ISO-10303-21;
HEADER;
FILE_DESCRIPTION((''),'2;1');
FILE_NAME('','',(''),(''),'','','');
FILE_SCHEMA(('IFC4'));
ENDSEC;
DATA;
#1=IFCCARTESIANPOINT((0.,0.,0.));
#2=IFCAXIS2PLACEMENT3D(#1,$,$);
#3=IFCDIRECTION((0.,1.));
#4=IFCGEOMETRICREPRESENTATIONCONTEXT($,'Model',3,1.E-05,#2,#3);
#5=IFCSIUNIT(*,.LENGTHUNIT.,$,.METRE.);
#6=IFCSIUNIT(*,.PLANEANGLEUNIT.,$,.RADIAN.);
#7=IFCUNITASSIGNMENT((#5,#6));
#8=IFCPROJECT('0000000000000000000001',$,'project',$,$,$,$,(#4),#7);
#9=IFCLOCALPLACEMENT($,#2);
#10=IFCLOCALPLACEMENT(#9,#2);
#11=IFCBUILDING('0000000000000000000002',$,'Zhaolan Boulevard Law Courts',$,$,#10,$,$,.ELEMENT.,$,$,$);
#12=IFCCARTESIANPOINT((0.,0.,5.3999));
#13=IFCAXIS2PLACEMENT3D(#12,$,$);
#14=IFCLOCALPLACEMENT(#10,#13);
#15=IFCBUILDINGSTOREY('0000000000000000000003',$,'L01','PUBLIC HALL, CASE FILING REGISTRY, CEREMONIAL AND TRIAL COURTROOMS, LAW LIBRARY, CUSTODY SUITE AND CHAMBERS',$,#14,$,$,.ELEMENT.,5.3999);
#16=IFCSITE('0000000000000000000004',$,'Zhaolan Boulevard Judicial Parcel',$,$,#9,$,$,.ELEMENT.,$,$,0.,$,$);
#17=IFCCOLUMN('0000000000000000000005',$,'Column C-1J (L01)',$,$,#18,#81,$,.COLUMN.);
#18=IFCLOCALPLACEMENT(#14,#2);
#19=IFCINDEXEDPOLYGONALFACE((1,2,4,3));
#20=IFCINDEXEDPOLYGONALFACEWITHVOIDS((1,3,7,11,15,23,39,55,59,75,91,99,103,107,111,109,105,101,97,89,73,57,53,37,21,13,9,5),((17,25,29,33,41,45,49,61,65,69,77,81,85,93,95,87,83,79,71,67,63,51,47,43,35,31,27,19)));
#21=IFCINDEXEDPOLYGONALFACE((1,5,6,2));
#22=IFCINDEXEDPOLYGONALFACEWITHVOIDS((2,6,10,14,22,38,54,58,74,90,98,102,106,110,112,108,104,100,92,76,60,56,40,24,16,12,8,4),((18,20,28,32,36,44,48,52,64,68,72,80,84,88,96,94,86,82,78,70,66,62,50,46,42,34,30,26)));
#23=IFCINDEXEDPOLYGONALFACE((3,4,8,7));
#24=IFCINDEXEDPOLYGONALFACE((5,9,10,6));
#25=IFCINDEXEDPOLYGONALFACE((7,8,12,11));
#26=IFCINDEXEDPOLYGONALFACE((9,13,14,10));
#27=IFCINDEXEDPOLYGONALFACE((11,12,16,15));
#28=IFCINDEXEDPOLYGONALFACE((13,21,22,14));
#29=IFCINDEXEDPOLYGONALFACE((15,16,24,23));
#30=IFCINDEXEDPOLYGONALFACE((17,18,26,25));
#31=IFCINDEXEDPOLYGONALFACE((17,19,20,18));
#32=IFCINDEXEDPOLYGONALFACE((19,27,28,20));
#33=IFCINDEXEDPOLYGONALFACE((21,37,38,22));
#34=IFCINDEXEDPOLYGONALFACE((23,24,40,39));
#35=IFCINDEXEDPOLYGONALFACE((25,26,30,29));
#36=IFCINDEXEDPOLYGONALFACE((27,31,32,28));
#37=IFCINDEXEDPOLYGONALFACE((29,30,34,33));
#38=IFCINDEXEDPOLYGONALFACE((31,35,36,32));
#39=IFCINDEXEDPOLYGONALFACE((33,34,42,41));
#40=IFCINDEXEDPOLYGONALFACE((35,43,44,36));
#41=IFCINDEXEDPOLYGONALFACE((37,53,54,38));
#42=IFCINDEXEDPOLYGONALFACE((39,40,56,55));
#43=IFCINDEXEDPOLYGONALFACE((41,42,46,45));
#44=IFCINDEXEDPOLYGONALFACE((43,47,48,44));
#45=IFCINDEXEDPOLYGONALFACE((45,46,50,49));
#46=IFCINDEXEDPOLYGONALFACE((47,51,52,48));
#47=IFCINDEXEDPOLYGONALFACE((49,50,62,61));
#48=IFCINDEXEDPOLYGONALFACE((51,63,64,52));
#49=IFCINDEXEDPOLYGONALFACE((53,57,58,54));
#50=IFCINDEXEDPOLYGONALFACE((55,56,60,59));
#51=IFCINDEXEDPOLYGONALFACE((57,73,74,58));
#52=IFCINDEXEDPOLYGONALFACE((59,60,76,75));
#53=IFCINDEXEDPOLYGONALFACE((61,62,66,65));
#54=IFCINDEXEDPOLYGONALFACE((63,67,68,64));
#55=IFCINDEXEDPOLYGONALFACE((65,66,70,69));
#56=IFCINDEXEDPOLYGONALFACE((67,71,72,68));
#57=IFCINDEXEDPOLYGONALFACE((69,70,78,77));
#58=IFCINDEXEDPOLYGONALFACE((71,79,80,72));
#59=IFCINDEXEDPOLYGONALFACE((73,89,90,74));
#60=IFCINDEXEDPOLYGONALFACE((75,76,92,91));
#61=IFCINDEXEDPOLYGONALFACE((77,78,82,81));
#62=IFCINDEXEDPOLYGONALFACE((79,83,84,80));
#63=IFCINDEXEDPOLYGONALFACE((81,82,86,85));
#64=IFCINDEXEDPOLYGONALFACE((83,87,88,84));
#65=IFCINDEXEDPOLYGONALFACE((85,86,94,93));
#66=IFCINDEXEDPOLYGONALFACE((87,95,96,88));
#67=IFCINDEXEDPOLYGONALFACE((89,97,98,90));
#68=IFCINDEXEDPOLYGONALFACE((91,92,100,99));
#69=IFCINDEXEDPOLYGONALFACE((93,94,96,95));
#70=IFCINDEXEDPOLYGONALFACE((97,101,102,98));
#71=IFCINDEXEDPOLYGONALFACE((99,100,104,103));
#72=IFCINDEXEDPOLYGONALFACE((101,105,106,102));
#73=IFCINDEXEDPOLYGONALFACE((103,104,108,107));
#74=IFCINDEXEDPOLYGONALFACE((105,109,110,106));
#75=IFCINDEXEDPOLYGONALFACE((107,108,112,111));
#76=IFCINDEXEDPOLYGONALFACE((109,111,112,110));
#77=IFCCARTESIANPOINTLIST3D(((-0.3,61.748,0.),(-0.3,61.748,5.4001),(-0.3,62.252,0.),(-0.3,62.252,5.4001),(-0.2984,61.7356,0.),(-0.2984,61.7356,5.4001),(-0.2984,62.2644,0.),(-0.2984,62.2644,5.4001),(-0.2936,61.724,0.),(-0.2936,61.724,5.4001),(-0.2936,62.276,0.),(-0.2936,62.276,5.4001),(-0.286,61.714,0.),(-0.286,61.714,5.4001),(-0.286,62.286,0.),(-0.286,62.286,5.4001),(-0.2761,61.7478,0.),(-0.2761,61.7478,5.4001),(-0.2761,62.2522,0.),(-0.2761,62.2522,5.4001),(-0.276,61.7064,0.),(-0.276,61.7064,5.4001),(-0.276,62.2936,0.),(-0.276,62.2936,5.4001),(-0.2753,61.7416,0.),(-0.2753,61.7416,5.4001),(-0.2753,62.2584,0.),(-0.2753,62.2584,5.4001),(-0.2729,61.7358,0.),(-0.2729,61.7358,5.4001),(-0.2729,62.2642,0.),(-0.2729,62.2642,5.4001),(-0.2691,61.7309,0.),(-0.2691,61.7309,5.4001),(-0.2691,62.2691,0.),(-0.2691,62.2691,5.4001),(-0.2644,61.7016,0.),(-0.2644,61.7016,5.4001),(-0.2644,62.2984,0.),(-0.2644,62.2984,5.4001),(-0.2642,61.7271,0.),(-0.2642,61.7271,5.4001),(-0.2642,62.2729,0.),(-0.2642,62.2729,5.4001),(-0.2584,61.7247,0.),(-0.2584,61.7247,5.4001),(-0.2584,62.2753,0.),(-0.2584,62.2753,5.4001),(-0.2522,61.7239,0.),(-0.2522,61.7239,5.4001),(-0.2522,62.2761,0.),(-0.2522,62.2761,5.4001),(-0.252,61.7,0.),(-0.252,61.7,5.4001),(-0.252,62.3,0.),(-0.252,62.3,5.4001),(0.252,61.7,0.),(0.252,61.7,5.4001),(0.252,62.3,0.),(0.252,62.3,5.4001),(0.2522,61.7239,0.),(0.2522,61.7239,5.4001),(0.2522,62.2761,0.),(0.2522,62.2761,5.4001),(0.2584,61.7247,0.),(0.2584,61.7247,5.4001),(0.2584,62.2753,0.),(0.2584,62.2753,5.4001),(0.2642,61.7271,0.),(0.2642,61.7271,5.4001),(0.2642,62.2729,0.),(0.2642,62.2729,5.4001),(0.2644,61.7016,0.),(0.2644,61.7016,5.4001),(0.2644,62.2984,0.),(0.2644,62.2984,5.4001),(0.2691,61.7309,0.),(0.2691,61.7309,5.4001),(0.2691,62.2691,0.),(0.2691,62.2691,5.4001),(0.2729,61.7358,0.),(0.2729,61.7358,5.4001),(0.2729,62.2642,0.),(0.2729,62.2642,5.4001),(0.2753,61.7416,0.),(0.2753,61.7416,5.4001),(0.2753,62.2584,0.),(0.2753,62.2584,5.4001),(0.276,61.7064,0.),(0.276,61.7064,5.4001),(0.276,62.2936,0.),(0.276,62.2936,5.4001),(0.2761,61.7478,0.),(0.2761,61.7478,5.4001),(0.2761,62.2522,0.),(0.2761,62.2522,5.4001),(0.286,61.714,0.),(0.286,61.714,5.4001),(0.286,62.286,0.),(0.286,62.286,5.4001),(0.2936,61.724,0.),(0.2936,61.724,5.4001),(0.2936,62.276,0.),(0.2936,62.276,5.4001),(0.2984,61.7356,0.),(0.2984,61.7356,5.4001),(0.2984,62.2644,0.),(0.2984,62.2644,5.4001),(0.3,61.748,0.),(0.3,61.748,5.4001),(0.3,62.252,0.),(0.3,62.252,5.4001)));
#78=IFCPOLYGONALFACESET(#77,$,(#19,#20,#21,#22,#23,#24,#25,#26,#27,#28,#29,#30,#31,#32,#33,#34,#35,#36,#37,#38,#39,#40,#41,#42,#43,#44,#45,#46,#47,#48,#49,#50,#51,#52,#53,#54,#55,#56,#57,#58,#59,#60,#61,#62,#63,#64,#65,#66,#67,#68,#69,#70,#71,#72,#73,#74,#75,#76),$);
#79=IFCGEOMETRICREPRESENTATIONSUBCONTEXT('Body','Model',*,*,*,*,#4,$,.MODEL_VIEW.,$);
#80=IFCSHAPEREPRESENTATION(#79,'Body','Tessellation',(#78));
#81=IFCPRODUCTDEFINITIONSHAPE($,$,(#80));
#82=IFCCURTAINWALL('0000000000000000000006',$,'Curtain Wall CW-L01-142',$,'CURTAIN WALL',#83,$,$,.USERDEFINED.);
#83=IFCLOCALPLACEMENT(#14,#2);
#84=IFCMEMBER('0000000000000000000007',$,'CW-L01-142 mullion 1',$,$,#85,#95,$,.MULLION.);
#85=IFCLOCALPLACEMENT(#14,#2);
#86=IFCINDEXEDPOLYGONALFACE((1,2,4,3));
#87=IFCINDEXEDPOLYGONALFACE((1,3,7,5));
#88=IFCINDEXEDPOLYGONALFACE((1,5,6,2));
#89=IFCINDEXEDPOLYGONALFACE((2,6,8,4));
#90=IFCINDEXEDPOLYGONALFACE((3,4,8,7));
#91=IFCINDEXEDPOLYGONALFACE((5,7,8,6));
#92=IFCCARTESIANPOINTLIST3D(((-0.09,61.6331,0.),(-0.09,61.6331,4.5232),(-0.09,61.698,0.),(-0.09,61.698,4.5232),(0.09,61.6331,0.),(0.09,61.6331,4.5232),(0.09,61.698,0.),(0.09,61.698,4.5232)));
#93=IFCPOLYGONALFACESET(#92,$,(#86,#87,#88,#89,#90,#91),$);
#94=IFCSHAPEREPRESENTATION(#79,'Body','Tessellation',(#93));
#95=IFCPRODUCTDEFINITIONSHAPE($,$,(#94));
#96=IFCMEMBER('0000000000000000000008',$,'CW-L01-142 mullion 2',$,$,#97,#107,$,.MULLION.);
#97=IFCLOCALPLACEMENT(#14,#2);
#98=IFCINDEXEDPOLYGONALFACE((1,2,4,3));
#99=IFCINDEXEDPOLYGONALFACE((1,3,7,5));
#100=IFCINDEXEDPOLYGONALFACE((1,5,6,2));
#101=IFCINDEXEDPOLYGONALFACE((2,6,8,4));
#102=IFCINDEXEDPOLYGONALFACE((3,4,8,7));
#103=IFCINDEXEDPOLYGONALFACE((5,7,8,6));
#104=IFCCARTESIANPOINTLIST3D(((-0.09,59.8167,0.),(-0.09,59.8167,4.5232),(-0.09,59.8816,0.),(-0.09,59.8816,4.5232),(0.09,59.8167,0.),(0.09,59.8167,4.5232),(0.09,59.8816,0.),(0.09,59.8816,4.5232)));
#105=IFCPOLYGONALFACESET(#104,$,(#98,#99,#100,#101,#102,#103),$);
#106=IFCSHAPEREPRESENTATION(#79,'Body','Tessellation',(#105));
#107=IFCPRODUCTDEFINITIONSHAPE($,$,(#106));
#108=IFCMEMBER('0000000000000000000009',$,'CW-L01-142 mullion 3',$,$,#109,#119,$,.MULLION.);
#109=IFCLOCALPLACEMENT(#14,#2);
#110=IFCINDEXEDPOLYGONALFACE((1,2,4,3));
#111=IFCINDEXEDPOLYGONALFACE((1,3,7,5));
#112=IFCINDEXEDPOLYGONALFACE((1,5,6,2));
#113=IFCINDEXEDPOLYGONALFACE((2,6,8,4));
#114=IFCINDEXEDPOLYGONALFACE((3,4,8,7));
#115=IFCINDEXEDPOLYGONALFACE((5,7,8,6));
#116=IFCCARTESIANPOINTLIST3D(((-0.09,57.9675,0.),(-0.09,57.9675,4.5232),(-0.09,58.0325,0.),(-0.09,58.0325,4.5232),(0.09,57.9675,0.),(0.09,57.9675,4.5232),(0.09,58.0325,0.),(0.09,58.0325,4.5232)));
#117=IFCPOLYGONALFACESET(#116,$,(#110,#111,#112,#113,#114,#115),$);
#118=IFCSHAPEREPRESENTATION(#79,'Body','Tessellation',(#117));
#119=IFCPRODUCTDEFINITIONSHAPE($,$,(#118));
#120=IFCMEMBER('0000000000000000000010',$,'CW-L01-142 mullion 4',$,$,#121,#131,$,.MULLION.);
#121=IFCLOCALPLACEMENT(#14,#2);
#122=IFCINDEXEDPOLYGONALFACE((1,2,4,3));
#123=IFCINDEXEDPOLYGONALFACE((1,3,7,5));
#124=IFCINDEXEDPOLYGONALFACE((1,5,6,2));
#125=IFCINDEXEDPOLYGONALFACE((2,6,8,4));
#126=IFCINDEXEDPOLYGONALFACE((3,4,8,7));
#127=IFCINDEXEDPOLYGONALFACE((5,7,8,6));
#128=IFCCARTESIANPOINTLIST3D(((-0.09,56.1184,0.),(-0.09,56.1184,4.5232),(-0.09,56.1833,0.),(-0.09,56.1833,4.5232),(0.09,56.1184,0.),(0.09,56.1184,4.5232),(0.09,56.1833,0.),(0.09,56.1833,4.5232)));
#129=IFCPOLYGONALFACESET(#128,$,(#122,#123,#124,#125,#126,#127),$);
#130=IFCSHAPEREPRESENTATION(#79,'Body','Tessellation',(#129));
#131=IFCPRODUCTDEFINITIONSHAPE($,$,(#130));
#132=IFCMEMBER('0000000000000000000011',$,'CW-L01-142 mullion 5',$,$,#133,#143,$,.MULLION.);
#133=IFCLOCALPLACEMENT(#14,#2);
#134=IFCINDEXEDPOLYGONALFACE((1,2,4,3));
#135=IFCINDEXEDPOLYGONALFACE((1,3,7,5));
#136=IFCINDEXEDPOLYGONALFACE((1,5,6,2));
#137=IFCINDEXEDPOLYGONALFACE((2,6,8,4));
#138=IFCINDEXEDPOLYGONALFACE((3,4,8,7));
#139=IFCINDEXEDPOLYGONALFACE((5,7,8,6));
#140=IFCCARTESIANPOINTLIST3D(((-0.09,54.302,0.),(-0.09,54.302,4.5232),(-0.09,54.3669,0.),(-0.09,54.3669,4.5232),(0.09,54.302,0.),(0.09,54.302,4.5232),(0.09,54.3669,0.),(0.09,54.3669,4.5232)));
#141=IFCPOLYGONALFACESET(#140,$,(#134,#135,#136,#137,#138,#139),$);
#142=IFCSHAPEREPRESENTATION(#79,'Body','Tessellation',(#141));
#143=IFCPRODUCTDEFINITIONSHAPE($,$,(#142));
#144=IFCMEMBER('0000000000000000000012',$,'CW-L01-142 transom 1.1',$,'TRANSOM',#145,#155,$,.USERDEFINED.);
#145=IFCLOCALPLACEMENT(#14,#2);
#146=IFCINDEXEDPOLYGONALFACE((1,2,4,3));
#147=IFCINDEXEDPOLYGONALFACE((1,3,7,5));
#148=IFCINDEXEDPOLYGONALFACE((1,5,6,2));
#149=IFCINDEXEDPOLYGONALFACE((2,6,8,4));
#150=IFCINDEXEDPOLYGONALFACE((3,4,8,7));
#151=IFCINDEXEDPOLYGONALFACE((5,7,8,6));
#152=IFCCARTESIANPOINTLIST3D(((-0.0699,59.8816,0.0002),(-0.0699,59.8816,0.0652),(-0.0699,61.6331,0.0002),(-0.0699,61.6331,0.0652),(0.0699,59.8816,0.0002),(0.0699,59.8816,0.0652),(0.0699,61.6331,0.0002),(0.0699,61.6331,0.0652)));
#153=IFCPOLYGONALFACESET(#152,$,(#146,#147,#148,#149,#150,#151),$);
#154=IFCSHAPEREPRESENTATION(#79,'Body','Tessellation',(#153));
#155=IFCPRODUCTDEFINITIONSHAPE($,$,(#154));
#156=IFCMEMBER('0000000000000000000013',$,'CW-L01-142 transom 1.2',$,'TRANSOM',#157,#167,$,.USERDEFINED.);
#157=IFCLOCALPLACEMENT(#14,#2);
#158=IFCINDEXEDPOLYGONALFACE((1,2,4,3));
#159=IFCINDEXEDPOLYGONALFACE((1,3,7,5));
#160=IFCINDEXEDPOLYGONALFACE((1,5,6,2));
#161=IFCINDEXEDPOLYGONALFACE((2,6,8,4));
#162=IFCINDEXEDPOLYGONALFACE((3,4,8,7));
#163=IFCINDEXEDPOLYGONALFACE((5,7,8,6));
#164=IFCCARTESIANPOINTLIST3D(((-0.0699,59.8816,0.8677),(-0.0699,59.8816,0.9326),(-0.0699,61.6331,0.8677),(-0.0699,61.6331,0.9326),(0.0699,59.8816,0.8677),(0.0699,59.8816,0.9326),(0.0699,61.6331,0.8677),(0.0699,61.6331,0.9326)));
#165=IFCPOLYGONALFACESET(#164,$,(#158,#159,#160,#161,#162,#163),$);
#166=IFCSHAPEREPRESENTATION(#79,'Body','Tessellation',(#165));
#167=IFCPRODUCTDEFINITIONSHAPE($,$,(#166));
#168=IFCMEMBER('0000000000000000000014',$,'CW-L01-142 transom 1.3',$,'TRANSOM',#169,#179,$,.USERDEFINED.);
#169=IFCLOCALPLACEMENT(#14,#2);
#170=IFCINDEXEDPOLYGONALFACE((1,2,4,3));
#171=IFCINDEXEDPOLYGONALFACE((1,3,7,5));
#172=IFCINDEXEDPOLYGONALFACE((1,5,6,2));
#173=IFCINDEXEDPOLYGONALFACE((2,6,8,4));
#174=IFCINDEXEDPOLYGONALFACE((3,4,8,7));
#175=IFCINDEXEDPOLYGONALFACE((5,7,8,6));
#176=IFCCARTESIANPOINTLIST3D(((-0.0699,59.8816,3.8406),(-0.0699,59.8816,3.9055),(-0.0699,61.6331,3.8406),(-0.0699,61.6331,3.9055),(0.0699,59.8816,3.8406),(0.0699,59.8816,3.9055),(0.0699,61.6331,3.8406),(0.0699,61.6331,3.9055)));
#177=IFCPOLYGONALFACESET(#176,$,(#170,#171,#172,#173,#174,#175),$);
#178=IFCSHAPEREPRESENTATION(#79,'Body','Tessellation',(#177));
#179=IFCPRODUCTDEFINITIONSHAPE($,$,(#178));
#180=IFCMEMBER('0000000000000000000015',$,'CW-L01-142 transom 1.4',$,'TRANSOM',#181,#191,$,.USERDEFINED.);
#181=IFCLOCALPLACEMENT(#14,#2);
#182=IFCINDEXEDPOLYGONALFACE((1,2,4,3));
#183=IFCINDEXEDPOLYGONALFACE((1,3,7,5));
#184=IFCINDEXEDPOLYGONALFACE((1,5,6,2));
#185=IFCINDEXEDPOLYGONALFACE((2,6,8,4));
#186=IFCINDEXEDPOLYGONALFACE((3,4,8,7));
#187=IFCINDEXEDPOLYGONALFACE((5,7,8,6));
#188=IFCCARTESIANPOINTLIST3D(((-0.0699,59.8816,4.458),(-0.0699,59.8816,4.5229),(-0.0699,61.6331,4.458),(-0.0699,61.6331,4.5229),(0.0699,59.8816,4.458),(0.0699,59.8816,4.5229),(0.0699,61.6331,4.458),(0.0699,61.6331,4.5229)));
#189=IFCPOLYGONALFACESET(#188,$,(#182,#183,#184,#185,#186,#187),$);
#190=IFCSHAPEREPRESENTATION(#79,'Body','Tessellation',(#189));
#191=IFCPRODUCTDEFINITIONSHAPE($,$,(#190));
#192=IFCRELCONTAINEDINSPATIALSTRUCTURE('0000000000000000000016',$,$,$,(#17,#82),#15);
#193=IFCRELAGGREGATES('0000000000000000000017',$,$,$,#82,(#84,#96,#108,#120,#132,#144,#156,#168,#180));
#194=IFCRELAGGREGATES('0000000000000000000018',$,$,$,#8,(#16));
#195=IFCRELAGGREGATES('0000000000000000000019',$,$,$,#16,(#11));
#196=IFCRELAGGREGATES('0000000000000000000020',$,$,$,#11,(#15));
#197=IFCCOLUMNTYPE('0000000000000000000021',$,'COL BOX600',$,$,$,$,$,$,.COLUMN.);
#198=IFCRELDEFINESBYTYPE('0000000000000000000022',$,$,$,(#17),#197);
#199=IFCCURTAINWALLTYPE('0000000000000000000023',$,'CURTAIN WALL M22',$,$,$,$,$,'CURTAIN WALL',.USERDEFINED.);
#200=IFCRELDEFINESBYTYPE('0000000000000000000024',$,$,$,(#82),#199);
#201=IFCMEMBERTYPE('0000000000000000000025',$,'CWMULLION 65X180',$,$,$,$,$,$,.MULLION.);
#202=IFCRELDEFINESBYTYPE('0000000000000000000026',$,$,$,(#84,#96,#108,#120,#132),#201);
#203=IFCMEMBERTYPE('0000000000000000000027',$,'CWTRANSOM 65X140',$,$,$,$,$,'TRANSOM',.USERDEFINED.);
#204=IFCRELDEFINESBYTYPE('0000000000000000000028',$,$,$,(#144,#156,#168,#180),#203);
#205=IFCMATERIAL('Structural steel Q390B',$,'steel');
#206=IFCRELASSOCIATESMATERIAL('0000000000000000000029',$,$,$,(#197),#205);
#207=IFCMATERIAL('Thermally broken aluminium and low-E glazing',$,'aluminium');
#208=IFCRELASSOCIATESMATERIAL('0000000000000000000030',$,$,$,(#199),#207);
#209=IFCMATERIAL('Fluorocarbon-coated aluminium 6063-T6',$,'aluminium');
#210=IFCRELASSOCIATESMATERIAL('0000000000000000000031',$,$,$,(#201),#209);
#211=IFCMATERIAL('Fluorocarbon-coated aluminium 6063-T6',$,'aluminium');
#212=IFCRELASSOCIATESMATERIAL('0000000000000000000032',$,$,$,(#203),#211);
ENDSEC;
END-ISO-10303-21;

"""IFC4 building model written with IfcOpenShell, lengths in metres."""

from ifc_helpers import new_model, si_unit, direction, frame, origin, origin_2d, place, context, subcontext, project, spatial, rectangle, hollow_rectangle, extrude, material, material_profile, profile_set, type_object, element, aggregate, save


model = new_model("IFC4")

# Units and contexts
model_context = context("Model", 3, precision=1e-05, world=origin(), true_north=direction((0.0, 1.0)))
body_context = subcontext(model_context, "Body", "Model", "MODEL_VIEW")
ifc_project = project(units=[si_unit("LENGTHUNIT", "METRE"), si_unit("PLANEANGLEUNIT", "RADIAN")], contexts=[model_context])

# Site, building, storey
site_placement = place(None, origin())
site = spatial("IfcSite", under=ifc_project, at=site_placement, Name="Zhaolan Boulevard Judicial Parcel", CompositionType="ELEMENT", RefElevation=0.0)
building_placement = place(site_placement, origin())
building = spatial("IfcBuilding", under=site, at=building_placement, Name="Zhaolan Boulevard Law Courts", CompositionType="ELEMENT")
storey_placement = place(building_placement, frame((0.0, 0.0, 5.3999)))
storey = spatial("IfcBuildingStorey", under=building, at=storey_placement, Name="L01", Description="PUBLIC HALL, CASE FILING REGISTRY, CEREMONIAL AND TRIAL COURTROOMS, LAW LIBRARY, CUSTODY SUITE AND CHAMBERS", CompositionType="ELEMENT", Elevation=5.3999)

# Column
ifc_material_1 = material(Name="Structural steel Q390B", Category="steel")
ifc_material_profile_1 = material_profile(ifc_material_1, hollow_rectangle(XDim=0.6001, YDim=0.6001, WallThickness=0.0239, InnerFilletRadius=0.0239, OuterFilletRadius=0.0481, at=origin_2d()), Name="BOX600x600x24")
ifc_profile_set_1 = profile_set([ifc_material_profile_1], Name="Structural steel Q390B")
column_type = type_object("IfcColumnType", Name="COL BOX600", PredefinedType="COLUMN", material=ifc_profile_set_1)
column_placement = place(storey_placement, frame((0.0, 62.0, 0.0), z_axis=(0.0, 0.0, 1.0), x_axis=(1.0, 0.0, 0.0)))
element("IfcColumn", 1, at=column_placement, inside=storey, type_object=column_type, Name="Column C-1J (L01)", PredefinedType="COLUMN", context=body_context, shape_type="SweptSolid", body=[
    extrude(hollow_rectangle(XDim=0.6001, YDim=0.6001, WallThickness=0.0239, InnerFilletRadius=0.0239, OuterFilletRadius=0.0481, at=origin_2d()), origin(), (0.0, 0.0, 1.0), 5.4001),
])

# Curtain wall, members
ifc_material_2 = material(Name="Thermally broken aluminium and low-E glazing", Category="aluminium")
curtain_wall_type = type_object("IfcCurtainWallType", Name="CURTAIN WALL M22", ElementType="CURTAIN WALL", PredefinedType="USERDEFINED", material=ifc_material_2)
curtain_wall_placement = place(storey_placement, origin())
curtain_wall = element("IfcCurtainWall", 2, at=curtain_wall_placement, inside=storey, type_object=curtain_wall_type, Name="Curtain Wall CW-L01-142", ObjectType="CURTAIN WALL", PredefinedType="USERDEFINED")
ifc_material_3 = material(Name="Fluorocarbon-coated aluminium 6063-T6", Category="aluminium")
ifc_material_profile_2 = material_profile(ifc_material_3, rectangle(XDim=0.1799, YDim=0.0649, at=origin_2d()), Name="AL65x180")
ifc_profile_set_2 = profile_set([ifc_material_profile_2], Name="Fluorocarbon-coated aluminium 6063-T6")
member_type_1 = type_object("IfcMemberType", Name="CWMULLION 65X180", PredefinedType="MULLION", material=ifc_profile_set_2)
member_1_placement = place(storey_placement, frame((0.0, 61.6655, 0.0), z_axis=(0.0, 0.0, 1.0), x_axis=(1.0, 0.0, 0.0)))
member_1 = element("IfcMember", 3, at=member_1_placement, type_object=member_type_1, Name="CW-L01-142 mullion 1", PredefinedType="MULLION", context=body_context, shape_type="SweptSolid", body=[
    extrude(rectangle(XDim=0.1799, YDim=0.0649, at=origin_2d()), origin(), (0.0, 0.0, 1.0), 4.5232),
])
member_2_placement = place(storey_placement, frame((0.0, 59.8491, 0.0), z_axis=(0.0, 0.0, 1.0), x_axis=(1.0, 0.0, 0.0)))
member_2 = element("IfcMember", 4, at=member_2_placement, type_object=member_type_1, Name="CW-L01-142 mullion 2", PredefinedType="MULLION", context=body_context, shape_type="SweptSolid", body=[
    extrude(rectangle(XDim=0.1799, YDim=0.0649, at=origin_2d()), origin(), (0.0, 0.0, 1.0), 4.5232),
])
member_3_placement = place(storey_placement, frame((0.0, 58.0, 0.0), z_axis=(0.0, 0.0, 1.0), x_axis=(1.0, 0.0, 0.0)))
member_3 = element("IfcMember", 5, at=member_3_placement, type_object=member_type_1, Name="CW-L01-142 mullion 3", PredefinedType="MULLION", context=body_context, shape_type="SweptSolid", body=[
    extrude(rectangle(XDim=0.1799, YDim=0.0649, at=origin_2d()), origin(), (0.0, 0.0, 1.0), 4.5232),
])
member_4_placement = place(storey_placement, frame((0.0, 56.1509, 0.0), z_axis=(0.0, 0.0, 1.0), x_axis=(1.0, 0.0, 0.0)))
member_4 = element("IfcMember", 6, at=member_4_placement, type_object=member_type_1, Name="CW-L01-142 mullion 4", PredefinedType="MULLION", context=body_context, shape_type="SweptSolid", body=[
    extrude(rectangle(XDim=0.1799, YDim=0.0649, at=origin_2d()), origin(), (0.0, 0.0, 1.0), 4.5232),
])
member_5_placement = place(storey_placement, frame((0.0, 54.3345, 0.0), z_axis=(0.0, 0.0, 1.0), x_axis=(1.0, 0.0, 0.0)))
member_5 = element("IfcMember", 7, at=member_5_placement, type_object=member_type_1, Name="CW-L01-142 mullion 5", PredefinedType="MULLION", context=body_context, shape_type="SweptSolid", body=[
    extrude(rectangle(XDim=0.1799, YDim=0.0649, at=origin_2d()), origin(), (0.0, 0.0, 1.0), 4.5232),
])
ifc_material_4 = material(Name="Fluorocarbon-coated aluminium 6063-T6", Category="aluminium")
ifc_material_profile_3 = material_profile(ifc_material_4, rectangle(XDim=0.1399, YDim=0.0649, at=origin_2d()), Name="AL65x140")
ifc_profile_set_3 = profile_set([ifc_material_profile_3], Name="Fluorocarbon-coated aluminium 6063-T6")
member_type_2 = type_object("IfcMemberType", Name="CWTRANSOM 65X140", ElementType="TRANSOM", PredefinedType="USERDEFINED", material=ifc_profile_set_3)
member_6_placement = place(storey_placement, frame((0.0, 61.6331, 0.0327), z_axis=(0.0, -1.0, 0.0), x_axis=(1.0, 0.0, 0.0)))
member_6 = element("IfcMember", 8, at=member_6_placement, type_object=member_type_2, Name="CW-L01-142 transom 1.1", ObjectType="TRANSOM", PredefinedType="USERDEFINED", context=body_context, shape_type="SweptSolid", body=[
    extrude(rectangle(XDim=0.1399, YDim=0.0649, at=origin_2d()), origin(), (0.0, 0.0, 1.0), 1.7515),
])
member_7_placement = place(storey_placement, frame((0.0, 61.6331, 0.9001), z_axis=(0.0, -1.0, 0.0), x_axis=(1.0, 0.0, 0.0)))
member_7 = element("IfcMember", 9, at=member_7_placement, type_object=member_type_2, Name="CW-L01-142 transom 1.2", ObjectType="TRANSOM", PredefinedType="USERDEFINED", context=body_context, shape_type="SweptSolid", body=[
    extrude(rectangle(XDim=0.1399, YDim=0.0649, at=origin_2d()), origin(), (0.0, 0.0, 1.0), 1.7515),
])
member_8_placement = place(storey_placement, frame((0.0, 61.6331, 3.873), z_axis=(0.0, -1.0, 0.0), x_axis=(1.0, 0.0, 0.0)))
member_8 = element("IfcMember", 10, at=member_8_placement, type_object=member_type_2, Name="CW-L01-142 transom 1.3", ObjectType="TRANSOM", PredefinedType="USERDEFINED", context=body_context, shape_type="SweptSolid", body=[
    extrude(rectangle(XDim=0.1399, YDim=0.0649, at=origin_2d()), origin(), (0.0, 0.0, 1.0), 1.7515),
])
member_9_placement = place(storey_placement, frame((0.0, 61.6331, 4.4905), z_axis=(0.0, -1.0, 0.0), x_axis=(1.0, 0.0, 0.0)))
member_9 = element("IfcMember", 11, at=member_9_placement, type_object=member_type_2, Name="CW-L01-142 transom 1.4", ObjectType="TRANSOM", PredefinedType="USERDEFINED", context=body_context, shape_type="SweptSolid", body=[
    extrude(rectangle(XDim=0.1399, YDim=0.0649, at=origin_2d()), origin(), (0.0, 0.0, 1.0), 1.7515),
])
aggregate(curtain_wall, [member_1, member_2, member_3, member_4, member_5, member_6, member_7, member_8, member_9])

save(model, "model.ifc")
